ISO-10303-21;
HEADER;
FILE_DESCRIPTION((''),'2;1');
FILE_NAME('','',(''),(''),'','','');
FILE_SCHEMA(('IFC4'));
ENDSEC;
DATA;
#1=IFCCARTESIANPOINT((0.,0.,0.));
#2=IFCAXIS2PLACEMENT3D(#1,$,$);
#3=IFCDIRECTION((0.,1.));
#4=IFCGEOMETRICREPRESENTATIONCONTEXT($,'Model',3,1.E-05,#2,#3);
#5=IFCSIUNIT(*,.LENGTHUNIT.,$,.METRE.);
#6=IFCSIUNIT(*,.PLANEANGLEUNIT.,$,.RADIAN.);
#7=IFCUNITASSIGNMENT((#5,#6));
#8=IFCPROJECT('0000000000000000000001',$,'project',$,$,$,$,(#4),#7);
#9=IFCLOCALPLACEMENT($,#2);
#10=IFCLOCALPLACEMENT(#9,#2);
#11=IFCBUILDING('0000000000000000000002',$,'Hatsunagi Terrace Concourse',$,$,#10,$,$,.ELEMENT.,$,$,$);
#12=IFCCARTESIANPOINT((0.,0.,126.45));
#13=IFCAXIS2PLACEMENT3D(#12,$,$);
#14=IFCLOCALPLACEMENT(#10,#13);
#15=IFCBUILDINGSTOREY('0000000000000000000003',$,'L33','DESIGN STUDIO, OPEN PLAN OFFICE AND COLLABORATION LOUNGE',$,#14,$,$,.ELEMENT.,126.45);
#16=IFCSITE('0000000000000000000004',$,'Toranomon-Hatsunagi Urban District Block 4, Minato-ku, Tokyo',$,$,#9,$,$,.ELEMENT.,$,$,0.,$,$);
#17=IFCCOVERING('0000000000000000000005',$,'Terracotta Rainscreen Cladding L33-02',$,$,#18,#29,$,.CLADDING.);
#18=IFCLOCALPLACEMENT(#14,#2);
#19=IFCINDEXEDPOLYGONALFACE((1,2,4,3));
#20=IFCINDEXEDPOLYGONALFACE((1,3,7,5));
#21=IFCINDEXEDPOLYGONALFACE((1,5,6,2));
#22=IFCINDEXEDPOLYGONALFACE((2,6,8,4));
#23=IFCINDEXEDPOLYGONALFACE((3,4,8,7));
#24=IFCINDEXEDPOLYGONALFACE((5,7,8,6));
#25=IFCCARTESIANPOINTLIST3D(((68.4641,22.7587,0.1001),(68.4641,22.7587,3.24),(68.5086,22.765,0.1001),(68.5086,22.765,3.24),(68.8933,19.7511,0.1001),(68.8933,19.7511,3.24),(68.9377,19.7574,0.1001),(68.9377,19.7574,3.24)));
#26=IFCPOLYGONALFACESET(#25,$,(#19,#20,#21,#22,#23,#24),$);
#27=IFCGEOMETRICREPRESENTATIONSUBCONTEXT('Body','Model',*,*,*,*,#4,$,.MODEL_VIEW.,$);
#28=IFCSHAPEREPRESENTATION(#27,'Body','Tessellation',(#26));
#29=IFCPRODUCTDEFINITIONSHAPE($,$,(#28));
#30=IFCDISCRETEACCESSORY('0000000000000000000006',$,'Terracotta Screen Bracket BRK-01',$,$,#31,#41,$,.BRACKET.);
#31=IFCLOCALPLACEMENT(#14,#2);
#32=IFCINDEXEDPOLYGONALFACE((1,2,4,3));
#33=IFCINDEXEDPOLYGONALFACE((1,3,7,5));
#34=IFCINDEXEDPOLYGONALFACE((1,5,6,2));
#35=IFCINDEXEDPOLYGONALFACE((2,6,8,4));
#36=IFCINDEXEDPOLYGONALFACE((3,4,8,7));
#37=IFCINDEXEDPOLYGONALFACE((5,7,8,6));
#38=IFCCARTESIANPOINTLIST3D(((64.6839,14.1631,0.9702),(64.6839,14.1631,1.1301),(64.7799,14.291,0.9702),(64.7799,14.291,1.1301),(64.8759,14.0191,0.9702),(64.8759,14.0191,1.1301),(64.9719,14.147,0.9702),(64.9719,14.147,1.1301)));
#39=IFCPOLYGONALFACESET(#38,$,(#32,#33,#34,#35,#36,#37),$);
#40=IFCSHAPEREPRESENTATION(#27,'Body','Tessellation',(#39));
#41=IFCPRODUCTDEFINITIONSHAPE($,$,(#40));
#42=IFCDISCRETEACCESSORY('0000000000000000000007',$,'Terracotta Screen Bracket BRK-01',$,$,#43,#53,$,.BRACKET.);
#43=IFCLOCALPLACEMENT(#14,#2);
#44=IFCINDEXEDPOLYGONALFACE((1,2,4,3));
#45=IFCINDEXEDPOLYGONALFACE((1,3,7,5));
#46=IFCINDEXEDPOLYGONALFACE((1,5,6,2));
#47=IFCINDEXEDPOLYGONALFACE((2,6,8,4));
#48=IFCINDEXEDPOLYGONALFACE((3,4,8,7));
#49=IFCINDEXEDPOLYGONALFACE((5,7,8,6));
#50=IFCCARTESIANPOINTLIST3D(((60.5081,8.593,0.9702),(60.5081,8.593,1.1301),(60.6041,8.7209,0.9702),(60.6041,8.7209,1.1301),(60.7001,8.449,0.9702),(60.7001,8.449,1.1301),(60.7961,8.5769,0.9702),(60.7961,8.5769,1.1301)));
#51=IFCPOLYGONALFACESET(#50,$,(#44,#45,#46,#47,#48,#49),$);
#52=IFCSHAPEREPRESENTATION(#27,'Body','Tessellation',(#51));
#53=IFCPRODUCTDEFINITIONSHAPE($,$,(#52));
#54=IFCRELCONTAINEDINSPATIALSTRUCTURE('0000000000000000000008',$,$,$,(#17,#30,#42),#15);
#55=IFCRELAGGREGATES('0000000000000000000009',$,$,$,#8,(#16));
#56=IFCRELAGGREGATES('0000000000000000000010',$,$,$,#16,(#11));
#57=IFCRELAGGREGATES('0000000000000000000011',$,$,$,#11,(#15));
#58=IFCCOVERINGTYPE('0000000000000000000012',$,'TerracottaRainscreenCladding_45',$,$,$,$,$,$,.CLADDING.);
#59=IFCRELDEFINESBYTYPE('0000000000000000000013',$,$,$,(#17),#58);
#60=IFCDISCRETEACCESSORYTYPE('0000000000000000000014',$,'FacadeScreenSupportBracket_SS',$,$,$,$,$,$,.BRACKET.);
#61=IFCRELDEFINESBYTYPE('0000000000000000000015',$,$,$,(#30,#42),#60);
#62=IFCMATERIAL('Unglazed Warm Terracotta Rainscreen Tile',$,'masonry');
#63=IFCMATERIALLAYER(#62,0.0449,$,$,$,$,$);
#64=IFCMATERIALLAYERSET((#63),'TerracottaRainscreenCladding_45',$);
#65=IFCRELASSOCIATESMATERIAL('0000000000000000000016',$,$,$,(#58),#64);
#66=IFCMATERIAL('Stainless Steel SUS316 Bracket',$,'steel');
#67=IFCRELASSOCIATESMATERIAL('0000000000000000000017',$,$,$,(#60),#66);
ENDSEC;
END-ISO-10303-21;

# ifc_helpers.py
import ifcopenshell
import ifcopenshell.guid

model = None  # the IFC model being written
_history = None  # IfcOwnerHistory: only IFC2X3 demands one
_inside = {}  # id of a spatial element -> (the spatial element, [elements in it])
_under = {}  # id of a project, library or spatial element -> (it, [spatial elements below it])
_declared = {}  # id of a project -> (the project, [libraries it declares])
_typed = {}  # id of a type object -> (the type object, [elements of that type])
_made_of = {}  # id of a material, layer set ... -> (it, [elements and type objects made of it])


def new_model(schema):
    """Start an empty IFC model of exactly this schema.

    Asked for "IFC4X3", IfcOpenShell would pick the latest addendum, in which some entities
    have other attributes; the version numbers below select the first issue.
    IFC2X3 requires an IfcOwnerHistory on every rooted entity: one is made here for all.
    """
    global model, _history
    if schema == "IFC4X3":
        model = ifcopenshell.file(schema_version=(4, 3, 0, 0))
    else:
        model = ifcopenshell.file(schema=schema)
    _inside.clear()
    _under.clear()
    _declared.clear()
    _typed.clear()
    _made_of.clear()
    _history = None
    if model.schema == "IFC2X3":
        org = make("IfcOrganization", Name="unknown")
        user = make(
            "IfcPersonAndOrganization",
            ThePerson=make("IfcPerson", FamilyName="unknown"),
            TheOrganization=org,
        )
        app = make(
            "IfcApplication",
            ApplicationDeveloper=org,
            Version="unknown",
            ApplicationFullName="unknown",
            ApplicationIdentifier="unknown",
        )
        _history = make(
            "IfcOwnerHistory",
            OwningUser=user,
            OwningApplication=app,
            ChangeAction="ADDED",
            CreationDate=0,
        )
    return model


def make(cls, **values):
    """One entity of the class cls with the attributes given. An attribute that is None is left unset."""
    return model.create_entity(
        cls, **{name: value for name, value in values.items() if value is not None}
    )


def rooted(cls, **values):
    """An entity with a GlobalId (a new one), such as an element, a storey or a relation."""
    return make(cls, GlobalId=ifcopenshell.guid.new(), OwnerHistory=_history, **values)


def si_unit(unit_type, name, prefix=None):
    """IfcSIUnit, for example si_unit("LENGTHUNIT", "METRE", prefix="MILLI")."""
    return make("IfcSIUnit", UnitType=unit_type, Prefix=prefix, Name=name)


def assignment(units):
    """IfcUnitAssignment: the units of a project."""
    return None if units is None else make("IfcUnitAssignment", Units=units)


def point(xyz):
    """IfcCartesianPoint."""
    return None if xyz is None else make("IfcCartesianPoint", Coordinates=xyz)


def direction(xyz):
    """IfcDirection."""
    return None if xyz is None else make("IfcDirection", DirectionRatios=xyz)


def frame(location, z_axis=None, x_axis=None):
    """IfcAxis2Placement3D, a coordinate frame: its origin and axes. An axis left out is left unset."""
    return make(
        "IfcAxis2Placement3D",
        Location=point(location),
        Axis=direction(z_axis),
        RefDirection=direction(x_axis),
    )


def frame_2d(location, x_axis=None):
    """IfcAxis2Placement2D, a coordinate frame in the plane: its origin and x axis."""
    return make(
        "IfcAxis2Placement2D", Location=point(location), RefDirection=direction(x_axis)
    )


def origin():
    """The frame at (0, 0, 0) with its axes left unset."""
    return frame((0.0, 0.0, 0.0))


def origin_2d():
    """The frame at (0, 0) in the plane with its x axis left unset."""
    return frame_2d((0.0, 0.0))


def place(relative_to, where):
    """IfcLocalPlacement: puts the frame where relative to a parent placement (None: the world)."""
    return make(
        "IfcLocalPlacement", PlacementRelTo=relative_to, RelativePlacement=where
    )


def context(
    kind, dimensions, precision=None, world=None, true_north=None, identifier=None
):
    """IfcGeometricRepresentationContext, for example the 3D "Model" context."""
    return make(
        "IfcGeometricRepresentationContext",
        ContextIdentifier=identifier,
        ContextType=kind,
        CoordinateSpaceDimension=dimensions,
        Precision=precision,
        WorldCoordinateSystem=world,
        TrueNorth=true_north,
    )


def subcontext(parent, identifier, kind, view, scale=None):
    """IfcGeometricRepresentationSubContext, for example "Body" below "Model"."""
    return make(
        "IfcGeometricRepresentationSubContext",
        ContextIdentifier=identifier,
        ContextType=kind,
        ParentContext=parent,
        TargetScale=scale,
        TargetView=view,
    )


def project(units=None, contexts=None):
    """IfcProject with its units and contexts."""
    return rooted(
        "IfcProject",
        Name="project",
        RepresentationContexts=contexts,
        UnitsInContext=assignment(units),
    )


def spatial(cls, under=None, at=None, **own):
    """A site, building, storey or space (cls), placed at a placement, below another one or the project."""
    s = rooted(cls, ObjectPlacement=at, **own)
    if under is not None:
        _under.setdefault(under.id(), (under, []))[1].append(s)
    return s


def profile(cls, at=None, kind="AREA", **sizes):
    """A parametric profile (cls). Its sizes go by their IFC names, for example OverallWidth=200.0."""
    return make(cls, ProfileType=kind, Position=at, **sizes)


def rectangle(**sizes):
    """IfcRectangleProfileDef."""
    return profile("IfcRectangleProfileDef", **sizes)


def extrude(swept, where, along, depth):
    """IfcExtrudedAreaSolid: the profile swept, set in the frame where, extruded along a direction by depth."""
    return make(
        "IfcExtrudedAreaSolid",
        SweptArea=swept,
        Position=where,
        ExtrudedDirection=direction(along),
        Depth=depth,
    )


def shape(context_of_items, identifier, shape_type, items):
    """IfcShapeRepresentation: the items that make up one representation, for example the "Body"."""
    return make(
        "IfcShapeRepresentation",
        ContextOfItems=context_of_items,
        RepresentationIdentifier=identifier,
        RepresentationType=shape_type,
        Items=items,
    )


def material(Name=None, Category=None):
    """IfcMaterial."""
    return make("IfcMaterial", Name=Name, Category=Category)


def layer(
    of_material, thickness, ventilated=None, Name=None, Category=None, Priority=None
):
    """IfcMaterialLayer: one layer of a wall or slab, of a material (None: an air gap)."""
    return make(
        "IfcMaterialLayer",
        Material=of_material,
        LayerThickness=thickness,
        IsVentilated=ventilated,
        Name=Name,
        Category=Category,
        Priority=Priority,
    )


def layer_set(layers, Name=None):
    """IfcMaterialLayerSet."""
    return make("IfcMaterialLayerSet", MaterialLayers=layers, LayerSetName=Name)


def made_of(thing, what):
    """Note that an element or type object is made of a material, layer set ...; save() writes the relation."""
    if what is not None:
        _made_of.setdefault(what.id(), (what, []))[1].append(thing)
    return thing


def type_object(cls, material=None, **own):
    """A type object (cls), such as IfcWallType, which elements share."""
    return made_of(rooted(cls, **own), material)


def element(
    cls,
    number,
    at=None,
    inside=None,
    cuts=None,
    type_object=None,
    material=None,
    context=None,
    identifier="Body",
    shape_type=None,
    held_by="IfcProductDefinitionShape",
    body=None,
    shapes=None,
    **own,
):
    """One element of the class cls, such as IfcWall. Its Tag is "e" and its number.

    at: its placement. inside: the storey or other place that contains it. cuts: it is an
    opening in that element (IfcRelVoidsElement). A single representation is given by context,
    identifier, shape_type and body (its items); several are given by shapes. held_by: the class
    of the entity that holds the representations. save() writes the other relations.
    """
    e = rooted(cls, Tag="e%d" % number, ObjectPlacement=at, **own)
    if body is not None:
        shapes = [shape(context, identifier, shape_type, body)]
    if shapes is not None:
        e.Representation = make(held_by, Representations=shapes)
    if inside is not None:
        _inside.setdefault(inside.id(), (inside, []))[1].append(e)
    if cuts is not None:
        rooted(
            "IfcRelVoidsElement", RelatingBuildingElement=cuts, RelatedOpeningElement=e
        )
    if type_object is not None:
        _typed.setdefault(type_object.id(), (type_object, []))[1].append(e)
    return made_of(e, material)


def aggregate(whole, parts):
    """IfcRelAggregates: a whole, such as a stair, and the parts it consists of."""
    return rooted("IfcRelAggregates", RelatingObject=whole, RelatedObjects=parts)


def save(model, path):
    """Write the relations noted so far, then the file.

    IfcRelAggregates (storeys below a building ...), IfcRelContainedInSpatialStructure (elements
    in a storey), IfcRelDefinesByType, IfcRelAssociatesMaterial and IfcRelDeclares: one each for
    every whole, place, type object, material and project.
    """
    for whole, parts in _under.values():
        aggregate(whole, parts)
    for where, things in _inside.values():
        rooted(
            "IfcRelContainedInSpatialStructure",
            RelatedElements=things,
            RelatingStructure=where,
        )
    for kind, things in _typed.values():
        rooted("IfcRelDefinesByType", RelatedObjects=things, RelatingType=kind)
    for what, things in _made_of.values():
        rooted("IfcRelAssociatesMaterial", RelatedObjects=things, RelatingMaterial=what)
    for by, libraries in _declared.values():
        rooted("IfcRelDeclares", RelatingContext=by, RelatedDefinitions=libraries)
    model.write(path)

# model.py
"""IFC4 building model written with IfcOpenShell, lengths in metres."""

from ifc_helpers import new_model, si_unit, direction, frame, origin, origin_2d, place, context, subcontext, project, spatial, rectangle, extrude, material, layer, layer_set, type_object, element, save


model = new_model("IFC4")

# Units and contexts
model_context = context("Model", 3, precision=1e-05, world=origin(), true_north=direction((0.0, 1.0)))
body_context = subcontext(model_context, "Body", "Model", "MODEL_VIEW")
ifc_project = project(units=[si_unit("LENGTHUNIT", "METRE"), si_unit("PLANEANGLEUNIT", "RADIAN")], contexts=[model_context])

# Site, building, storey
site_placement = place(None, origin())
site = spatial("IfcSite", under=ifc_project, at=site_placement, Name="Toranomon-Hatsunagi Urban District Block 4, Minato-ku, Tokyo", CompositionType="ELEMENT", RefElevation=0.0)
building_placement = place(site_placement, origin())
building = spatial("IfcBuilding", under=site, at=building_placement, Name="Hatsunagi Terrace Concourse", CompositionType="ELEMENT")
storey_placement = place(building_placement, frame((0.0, 0.0, 126.45)))
storey = spatial("IfcBuildingStorey", under=building, at=storey_placement, Name="L33", Description="DESIGN STUDIO, OPEN PLAN OFFICE AND COLLABORATION LOUNGE", CompositionType="ELEMENT", Elevation=126.45)

# Covering
ifc_material_1 = material(Name="Unglazed Warm Terracotta Rainscreen Tile", Category="masonry")
ifc_layer_1 = layer(ifc_material_1, 0.0449)
ifc_layer_set_1 = layer_set([ifc_layer_1], Name="TerracottaRainscreenCladding_45")
covering_type = type_object("IfcCoveringType", Name="TerracottaRainscreenCladding_45", PredefinedType="CLADDING", material=ifc_layer_set_1)
covering_placement = place(storey_placement, frame((68.7009, 21.2581, 0.1001), z_axis=(0.0, 0.0, 1.0), x_axis=(0.14125, -0.989974, 0.0)))
element("IfcCovering", 1, at=covering_placement, inside=storey, type_object=covering_type, Name="Terracotta Rainscreen Cladding L33-02", PredefinedType="CLADDING", context=body_context, shape_type="SweptSolid", body=[
    extrude(rectangle(XDim=3.0381, YDim=0.0449, at=origin_2d()), origin(), (0.0, 0.0, 1.0), 3.1399),
])

# Discrete accessories
ifc_material_2 = material(Name="Stainless Steel SUS316 Bracket", Category="steel")
discrete_accessory_type = type_object("IfcDiscreteAccessoryType", Name="FacadeScreenSupportBracket_SS", PredefinedType="BRACKET", material=ifc_material_2)
for number, where, z_axis, x_axis, name in (
    (2, (64.8279, 14.155, 0.9702), (0.0, 0.0, 1.0), (-0.599969, -0.800023, 0.0), "Terracotta Screen Bracket BRK-01"),
    (3, (60.6521, 8.585, 0.9702), (0.0, 0.0, 1.0), (-0.599969, -0.800023, 0.0), "Terracotta Screen Bracket BRK-01"),
):
    element("IfcDiscreteAccessory", number, at=place(storey_placement, frame(where, z_axis=z_axis, x_axis=x_axis)), inside=storey, type_object=discrete_accessory_type, Name=name, PredefinedType="BRACKET", context=body_context, shape_type="SweptSolid", body=[
        extrude(rectangle(XDim=0.1599, YDim=0.24, at=origin_2d()), origin(), (0.0, 0.0, 1.0), 0.1599),
    ])

save(model, "model.ifc")
